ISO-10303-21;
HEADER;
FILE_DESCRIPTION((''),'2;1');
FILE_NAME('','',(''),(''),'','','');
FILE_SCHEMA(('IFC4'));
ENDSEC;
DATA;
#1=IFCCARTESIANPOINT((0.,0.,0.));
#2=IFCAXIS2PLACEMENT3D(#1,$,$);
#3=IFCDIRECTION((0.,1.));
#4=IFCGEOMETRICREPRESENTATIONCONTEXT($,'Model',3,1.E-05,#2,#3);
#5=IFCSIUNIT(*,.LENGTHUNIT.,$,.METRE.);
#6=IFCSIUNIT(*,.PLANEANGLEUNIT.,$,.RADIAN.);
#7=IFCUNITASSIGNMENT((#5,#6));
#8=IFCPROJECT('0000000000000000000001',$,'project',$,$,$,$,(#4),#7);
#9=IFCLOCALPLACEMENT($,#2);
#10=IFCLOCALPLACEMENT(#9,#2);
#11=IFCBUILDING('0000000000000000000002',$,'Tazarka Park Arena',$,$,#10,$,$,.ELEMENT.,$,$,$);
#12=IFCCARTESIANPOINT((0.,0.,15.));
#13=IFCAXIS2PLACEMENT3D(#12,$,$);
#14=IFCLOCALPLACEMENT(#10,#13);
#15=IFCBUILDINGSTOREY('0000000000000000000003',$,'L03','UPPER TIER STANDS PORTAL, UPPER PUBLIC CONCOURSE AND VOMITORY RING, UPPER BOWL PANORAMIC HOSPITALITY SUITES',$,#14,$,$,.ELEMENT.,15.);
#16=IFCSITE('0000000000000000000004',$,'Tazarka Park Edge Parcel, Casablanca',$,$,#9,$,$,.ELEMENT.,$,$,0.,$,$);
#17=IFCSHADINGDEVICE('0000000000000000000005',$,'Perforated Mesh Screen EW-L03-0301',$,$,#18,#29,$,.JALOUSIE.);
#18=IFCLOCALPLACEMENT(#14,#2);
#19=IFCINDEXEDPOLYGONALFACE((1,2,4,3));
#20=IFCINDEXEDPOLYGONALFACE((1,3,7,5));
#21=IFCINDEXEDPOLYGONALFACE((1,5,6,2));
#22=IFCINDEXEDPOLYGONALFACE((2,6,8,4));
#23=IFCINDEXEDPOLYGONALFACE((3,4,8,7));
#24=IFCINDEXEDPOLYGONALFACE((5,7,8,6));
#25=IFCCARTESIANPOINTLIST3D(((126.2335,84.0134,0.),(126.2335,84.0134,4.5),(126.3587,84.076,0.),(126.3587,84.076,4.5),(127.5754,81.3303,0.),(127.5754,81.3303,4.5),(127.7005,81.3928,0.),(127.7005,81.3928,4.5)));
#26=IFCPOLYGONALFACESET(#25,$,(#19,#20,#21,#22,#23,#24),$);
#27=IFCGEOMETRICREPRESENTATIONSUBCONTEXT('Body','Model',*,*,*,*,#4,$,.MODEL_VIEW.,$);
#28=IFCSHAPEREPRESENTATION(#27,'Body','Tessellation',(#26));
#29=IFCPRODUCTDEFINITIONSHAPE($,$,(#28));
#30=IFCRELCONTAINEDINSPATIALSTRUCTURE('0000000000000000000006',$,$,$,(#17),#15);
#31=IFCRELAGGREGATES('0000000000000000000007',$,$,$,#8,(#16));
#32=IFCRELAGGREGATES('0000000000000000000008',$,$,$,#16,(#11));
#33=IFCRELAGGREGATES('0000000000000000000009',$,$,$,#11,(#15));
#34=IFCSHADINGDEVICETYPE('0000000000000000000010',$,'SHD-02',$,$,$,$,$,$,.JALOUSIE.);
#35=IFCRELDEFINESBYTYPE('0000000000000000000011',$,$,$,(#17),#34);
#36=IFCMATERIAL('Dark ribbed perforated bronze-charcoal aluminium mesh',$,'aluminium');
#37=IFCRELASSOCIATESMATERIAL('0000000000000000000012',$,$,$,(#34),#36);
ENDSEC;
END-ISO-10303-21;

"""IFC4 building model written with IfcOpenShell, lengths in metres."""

from ifc_helpers import new_model, si_unit, direction, frame, origin, origin_2d, place, context, subcontext, project, spatial, rectangle, extrude, material, type_object, element, save


model = new_model("IFC4")

# Units and contexts
model_context = context("Model", 3, precision=1e-05, world=origin(), true_north=direction((0.0, 1.0)))
body_context = subcontext(model_context, "Body", "Model", "MODEL_VIEW")
ifc_project = project(units=[si_unit("LENGTHUNIT", "METRE"), si_unit("PLANEANGLEUNIT", "RADIAN")], contexts=[model_context])

# Site, building, storey
site_placement = place(None, origin())
site = spatial("IfcSite", under=ifc_project, at=site_placement, Name="Tazarka Park Edge Parcel, Casablanca", CompositionType="ELEMENT", RefElevation=0.0)
building_placement = place(site_placement, origin())
building = spatial("IfcBuilding", under=site, at=building_placement, Name="Tazarka Park Arena", CompositionType="ELEMENT")
storey_placement = place(building_placement, frame((0.0, 0.0, 15.0)))
storey = spatial("IfcBuildingStorey", under=building, at=storey_placement, Name="L03", Description="UPPER TIER STANDS PORTAL, UPPER PUBLIC CONCOURSE AND VOMITORY RING, UPPER BOWL PANORAMIC HOSPITALITY SUITES", CompositionType="ELEMENT", Elevation=15.0)

# Shading device
ifc_material_1 = material(Name="Dark ribbed perforated bronze-charcoal aluminium mesh", Category="aluminium")
shading_device_type = type_object("IfcShadingDeviceType", Name="SHD-02", PredefinedType="JALOUSIE", material=ifc_material_1)
shading_device_placement = place(storey_placement, frame((126.967, 82.7031, 0.0), z_axis=(0.0, 0.0, 1.0), x_axis=(0.447291, -0.894389, 0.0)))
element("IfcShadingDevice", 1, at=shading_device_placement, inside=storey, type_object=shading_device_type, Name="Perforated Mesh Screen EW-L03-0301", PredefinedType="JALOUSIE", context=body_context, shape_type="SweptSolid", body=[
    extrude(rectangle(XDim=3.0, YDim=0.1399, at=origin_2d()), origin(), (0.0, 0.0, 1.0), 4.5),
])

save(model, "model.ifc")
